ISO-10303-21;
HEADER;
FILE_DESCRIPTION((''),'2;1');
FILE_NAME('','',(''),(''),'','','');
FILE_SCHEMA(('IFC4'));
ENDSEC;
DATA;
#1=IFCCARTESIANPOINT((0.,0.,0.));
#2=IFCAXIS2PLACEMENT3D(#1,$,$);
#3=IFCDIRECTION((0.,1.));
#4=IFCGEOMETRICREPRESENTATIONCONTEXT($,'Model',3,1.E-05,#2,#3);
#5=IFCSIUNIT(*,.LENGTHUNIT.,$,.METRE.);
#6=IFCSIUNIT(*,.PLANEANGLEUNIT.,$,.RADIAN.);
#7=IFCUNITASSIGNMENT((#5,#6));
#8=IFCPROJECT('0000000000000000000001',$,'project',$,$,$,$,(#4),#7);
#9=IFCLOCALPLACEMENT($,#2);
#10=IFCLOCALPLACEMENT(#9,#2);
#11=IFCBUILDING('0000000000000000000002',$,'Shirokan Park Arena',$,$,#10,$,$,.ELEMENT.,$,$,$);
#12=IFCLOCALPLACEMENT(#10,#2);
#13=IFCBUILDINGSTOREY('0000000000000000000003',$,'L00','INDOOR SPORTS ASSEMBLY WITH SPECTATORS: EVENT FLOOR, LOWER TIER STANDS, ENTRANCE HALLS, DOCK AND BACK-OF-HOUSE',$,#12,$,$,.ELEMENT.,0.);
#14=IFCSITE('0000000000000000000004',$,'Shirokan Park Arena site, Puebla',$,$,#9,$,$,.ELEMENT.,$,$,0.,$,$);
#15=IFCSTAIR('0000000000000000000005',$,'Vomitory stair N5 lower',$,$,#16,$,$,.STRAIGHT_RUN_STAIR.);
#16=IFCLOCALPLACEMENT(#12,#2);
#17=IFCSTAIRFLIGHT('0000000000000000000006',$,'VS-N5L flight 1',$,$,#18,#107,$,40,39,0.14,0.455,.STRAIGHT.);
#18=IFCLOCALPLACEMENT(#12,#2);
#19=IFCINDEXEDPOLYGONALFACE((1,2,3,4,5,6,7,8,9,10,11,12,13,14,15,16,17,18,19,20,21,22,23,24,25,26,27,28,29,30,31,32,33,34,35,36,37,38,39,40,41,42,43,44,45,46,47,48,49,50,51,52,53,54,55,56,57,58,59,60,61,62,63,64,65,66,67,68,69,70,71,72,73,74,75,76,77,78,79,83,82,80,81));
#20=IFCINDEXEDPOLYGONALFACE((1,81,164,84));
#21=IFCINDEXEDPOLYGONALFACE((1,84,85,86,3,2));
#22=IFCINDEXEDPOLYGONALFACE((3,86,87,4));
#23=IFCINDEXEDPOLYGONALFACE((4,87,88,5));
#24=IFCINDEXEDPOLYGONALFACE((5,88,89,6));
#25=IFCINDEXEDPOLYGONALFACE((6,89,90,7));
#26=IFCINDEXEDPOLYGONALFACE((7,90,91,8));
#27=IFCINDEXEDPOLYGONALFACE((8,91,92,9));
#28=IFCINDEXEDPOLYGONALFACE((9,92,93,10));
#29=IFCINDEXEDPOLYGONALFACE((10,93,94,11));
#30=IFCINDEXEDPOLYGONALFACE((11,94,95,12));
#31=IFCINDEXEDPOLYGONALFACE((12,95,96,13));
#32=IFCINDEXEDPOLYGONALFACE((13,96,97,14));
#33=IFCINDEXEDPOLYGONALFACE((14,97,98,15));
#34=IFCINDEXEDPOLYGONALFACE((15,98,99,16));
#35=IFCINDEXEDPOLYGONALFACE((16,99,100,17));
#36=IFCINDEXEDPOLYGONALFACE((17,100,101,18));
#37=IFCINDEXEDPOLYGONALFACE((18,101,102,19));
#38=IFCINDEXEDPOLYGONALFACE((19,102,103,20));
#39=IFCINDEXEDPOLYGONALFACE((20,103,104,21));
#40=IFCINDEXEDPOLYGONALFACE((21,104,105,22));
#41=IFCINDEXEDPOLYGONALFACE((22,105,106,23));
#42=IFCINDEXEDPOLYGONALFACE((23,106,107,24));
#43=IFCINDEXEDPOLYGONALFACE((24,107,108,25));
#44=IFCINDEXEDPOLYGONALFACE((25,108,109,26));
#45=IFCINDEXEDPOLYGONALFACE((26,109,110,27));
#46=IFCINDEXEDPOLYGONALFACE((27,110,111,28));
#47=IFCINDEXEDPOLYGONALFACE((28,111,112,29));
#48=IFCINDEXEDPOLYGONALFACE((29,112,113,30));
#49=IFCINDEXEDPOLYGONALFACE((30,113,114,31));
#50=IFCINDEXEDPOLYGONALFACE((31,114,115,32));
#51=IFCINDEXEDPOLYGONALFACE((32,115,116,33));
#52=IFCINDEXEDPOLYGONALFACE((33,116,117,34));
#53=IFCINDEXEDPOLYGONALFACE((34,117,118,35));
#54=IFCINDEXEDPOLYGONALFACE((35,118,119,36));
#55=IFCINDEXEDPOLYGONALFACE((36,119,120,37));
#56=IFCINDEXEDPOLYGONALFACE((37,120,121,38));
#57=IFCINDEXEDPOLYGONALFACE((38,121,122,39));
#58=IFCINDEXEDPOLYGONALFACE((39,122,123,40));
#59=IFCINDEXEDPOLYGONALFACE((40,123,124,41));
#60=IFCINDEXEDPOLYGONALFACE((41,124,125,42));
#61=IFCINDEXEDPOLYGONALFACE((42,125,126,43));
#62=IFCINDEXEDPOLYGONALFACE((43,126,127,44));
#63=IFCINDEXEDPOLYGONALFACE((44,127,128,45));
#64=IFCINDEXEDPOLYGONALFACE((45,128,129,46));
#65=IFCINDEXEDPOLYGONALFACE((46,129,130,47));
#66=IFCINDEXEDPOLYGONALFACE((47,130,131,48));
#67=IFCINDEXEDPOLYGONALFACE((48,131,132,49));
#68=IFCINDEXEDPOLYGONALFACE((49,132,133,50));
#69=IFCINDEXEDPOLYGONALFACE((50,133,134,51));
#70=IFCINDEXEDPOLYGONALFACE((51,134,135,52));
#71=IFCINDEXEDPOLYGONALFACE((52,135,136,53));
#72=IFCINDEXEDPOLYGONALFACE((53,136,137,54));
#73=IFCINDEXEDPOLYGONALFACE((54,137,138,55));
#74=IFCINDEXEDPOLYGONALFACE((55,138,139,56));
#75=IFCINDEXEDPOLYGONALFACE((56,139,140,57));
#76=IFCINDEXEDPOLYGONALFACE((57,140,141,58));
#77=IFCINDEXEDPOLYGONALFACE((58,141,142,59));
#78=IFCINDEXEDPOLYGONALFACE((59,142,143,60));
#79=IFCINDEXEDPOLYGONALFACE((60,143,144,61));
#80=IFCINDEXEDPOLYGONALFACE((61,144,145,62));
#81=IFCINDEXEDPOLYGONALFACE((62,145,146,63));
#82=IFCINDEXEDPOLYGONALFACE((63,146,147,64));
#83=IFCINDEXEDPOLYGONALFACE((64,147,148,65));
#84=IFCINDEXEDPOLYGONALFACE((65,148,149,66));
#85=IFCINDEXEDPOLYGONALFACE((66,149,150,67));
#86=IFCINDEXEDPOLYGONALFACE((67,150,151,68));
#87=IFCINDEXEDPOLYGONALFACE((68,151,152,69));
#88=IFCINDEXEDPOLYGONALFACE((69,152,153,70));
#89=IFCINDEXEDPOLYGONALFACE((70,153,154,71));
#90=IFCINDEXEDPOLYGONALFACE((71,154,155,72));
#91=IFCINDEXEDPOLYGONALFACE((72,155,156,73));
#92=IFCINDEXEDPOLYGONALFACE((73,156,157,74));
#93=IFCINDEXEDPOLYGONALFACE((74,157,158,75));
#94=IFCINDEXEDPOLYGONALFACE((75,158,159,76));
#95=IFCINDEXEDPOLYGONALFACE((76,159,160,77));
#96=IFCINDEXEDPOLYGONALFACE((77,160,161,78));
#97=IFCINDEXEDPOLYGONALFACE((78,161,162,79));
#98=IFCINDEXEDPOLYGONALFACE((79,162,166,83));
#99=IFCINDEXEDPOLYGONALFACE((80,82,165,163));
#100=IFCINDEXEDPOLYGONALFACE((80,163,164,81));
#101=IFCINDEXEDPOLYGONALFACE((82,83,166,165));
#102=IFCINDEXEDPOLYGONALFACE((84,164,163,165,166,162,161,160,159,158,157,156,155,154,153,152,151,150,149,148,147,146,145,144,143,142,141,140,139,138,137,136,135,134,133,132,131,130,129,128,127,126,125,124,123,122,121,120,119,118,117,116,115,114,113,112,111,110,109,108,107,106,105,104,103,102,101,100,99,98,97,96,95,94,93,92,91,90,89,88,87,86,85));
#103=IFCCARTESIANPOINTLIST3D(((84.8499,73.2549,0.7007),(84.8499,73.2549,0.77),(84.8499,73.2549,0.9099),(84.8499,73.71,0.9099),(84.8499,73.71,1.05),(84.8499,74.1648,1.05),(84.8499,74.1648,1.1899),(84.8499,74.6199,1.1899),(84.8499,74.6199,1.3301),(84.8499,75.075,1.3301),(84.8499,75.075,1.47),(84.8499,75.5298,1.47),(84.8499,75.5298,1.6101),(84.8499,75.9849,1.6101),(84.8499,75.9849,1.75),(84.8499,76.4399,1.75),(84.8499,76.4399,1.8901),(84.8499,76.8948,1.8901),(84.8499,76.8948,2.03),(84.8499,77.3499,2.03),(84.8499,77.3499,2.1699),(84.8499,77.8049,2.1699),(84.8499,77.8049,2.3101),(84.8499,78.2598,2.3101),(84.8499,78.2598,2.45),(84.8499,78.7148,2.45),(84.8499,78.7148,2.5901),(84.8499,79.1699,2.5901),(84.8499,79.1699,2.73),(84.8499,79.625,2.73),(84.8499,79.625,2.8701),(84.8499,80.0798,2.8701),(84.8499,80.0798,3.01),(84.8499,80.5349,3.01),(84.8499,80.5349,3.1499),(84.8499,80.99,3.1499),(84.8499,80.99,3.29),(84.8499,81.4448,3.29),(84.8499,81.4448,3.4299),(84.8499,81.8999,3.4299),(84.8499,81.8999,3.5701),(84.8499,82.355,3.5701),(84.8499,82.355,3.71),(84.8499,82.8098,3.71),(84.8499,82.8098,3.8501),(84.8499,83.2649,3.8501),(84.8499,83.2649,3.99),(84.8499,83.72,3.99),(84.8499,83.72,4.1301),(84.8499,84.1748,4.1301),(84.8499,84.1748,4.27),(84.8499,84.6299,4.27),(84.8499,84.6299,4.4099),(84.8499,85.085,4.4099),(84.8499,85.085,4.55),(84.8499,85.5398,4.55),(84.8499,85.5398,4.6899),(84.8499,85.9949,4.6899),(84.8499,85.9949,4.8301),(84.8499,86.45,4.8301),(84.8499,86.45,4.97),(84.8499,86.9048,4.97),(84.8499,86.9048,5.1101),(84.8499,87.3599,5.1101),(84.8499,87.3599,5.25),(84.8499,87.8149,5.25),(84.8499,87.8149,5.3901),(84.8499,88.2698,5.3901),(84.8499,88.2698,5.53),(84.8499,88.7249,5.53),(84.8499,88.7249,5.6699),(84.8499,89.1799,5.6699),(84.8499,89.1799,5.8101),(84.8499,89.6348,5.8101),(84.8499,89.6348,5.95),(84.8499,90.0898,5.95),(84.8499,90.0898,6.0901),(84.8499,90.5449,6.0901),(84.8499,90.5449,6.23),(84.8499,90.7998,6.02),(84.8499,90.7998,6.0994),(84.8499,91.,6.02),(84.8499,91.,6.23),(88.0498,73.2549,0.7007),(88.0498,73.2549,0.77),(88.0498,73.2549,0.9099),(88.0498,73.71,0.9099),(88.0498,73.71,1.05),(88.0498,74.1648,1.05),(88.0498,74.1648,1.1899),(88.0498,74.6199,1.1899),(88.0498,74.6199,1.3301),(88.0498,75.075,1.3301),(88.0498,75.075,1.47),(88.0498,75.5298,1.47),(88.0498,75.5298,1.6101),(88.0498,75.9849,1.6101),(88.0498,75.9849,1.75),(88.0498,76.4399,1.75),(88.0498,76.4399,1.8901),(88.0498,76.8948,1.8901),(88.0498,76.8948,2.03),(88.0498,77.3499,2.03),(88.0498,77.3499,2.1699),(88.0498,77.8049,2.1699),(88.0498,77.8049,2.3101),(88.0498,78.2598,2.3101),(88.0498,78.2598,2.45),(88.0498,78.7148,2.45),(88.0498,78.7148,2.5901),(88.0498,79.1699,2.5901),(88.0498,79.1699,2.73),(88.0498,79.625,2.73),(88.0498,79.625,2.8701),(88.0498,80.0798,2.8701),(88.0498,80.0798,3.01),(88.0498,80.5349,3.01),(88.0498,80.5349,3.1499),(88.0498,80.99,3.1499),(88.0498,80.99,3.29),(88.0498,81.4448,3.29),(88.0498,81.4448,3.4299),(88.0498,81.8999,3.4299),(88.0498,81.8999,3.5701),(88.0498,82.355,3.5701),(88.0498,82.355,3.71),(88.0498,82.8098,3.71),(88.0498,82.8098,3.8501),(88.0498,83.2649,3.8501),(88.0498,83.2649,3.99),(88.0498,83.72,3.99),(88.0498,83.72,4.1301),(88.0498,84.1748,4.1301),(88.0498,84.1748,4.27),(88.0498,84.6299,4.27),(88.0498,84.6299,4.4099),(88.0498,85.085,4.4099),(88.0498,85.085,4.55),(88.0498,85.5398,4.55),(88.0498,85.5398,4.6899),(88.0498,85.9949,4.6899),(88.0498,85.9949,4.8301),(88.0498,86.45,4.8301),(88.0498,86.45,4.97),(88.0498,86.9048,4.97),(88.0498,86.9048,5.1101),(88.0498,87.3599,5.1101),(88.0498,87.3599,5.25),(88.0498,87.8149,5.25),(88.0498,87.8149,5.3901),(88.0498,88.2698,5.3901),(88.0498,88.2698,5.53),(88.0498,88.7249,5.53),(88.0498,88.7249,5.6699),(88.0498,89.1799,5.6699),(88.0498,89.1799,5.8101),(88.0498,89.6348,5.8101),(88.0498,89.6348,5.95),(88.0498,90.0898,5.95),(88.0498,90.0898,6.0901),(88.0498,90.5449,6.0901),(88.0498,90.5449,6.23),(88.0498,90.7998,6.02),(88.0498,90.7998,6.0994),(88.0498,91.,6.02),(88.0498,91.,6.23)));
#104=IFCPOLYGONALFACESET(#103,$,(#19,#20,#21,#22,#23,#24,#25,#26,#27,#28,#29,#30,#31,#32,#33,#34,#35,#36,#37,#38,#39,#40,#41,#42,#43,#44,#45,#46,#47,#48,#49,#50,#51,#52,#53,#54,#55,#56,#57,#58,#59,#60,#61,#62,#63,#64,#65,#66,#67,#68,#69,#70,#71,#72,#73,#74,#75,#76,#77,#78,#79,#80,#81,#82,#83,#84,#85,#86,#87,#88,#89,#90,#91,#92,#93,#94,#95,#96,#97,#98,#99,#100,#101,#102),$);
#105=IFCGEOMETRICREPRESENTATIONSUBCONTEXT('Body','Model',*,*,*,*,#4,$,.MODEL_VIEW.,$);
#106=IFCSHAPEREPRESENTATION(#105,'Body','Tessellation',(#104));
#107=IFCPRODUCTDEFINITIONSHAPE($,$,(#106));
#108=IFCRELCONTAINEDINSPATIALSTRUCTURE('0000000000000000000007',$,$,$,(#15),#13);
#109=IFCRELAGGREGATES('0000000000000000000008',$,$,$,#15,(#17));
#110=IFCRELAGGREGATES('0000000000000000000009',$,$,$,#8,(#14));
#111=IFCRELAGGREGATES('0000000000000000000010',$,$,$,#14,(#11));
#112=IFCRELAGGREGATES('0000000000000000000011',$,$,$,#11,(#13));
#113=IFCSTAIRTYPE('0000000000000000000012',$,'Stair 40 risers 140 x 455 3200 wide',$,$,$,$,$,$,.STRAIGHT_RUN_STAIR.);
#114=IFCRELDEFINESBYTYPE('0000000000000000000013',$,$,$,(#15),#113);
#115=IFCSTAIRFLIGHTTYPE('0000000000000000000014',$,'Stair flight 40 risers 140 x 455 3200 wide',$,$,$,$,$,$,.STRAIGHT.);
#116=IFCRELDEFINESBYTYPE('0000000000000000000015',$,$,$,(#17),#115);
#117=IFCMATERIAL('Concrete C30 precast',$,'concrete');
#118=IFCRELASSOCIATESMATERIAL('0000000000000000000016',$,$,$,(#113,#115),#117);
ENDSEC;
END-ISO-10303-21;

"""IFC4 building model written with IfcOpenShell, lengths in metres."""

from ifc_helpers import new_model, si_unit, direction, frame, origin, place, context, subcontext, project, spatial, polyline, outline, extrude, material, type_object, element, aggregate, save


model = new_model("IFC4")

# Units and contexts
model_context = context("Model", 3, precision=1e-05, world=origin(), true_north=direction((0.0, 1.0)))
body_context = subcontext(model_context, "Body", "Model", "MODEL_VIEW")
ifc_project = project(units=[si_unit("LENGTHUNIT", "METRE"), si_unit("PLANEANGLEUNIT", "RADIAN")], contexts=[model_context])

# Site, building, storey
site_placement = place(None, origin())
site = spatial("IfcSite", under=ifc_project, at=site_placement, Name="Shirokan Park Arena site, Puebla", CompositionType="ELEMENT", RefElevation=0.0)
building_placement = place(site_placement, origin())
building = spatial("IfcBuilding", under=site, at=building_placement, Name="Shirokan Park Arena", CompositionType="ELEMENT")
storey_placement = place(building_placement, origin())
storey = spatial("IfcBuildingStorey", under=building, at=storey_placement, Name="L00", Description="INDOOR SPORTS ASSEMBLY WITH SPECTATORS: EVENT FLOOR, LOWER TIER STANDS, ENTRANCE HALLS, DOCK AND BACK-OF-HOUSE", CompositionType="ELEMENT", Elevation=0.0)

# Stair, stair flight
ifc_material_1 = material(Name="Concrete C30 precast", Category="concrete")
stair_type = type_object("IfcStairType", Name="Stair 40 risers 140 x 455 3200 wide", PredefinedType="STRAIGHT_RUN_STAIR", material=ifc_material_1)
stair_1_placement = place(storey_placement, origin())
stair_1 = element("IfcStair", 1, at=stair_1_placement, inside=storey, type_object=stair_type, Name="Vomitory stair N5 lower", PredefinedType="STRAIGHT_RUN_STAIR")
stair_flight_type = type_object("IfcStairFlightType", Name="Stair flight 40 risers 140 x 455 3200 wide", PredefinedType="STRAIGHT", material=ifc_material_1)
stair_flight_1_placement = place(storey_placement, frame((86.45, 73.2549, 0.77), z_axis=(0.0, 0.0, 1.0), x_axis=(0.0, 1.0, 0.0)))
stair_flight_1 = element("IfcStairFlight", 2, at=stair_flight_1_placement, type_object=stair_flight_type, Name="VS-N5L flight 1", NumberOfRisers=40, NumberOfTreads=39, PredefinedType="STRAIGHT", RiserHeight=0.14, TreadLength=0.455, context=body_context, shape_type="SweptSolid", body=[
    extrude(outline(polyline([(0.0, -0.0693), (0.0, 0.0), (0.0, 0.1399), (0.4551, 0.1399), (0.4551, 0.28), (0.9099, 0.28), (0.9099, 0.4199), (1.365, 0.4199), (1.365, 0.5601), (1.8201, 0.5601), (1.8201, 0.7), (2.2749, 0.7), (2.2749, 0.8401), (2.73, 0.8401), (2.73, 0.98), (3.1851, 0.98), (3.1851, 1.1201), (3.6399, 1.1201), (3.6399, 1.26), (4.095, 1.26), (4.095, 1.3999), (4.55, 1.3999), (4.55, 1.54), (5.0049, 1.54), (5.0049, 1.6799), (5.46, 1.6799), (5.46, 1.8201), (5.915, 1.8201), (5.915, 1.96), (6.3701, 1.96), (6.3701, 2.1001), (6.825, 2.1001), (6.825, 2.24), (7.28, 2.24), (7.28, 2.3799), (7.7351, 2.3799), (7.7351, 2.52), (8.1899, 2.52), (8.1899, 2.6599), (8.645, 2.6599), (8.645, 2.8), (9.1001, 2.8), (9.1001, 2.9399), (9.5549, 2.9399), (9.5549, 3.0801), (10.01, 3.0801), (10.01, 3.22), (10.4651, 3.22), (10.4651, 3.3601), (10.9199, 3.3601), (10.9199, 3.5), (11.375, 3.5), (11.375, 3.6399), (11.8301, 3.6399), (11.8301, 3.78), (12.2849, 3.78), (12.2849, 3.9199), (12.74, 3.9199), (12.74, 4.0601), (13.1951, 4.0601), (13.1951, 4.2), (13.6499, 4.2), (13.6499, 4.3401), (14.105, 4.3401), (14.105, 4.48), (14.5601, 4.48), (14.5601, 4.6201), (15.0149, 4.6201), (15.0149, 4.76), (15.47, 4.76), (15.47, 4.8999), (15.925, 4.8999), (15.925, 5.04), (16.3799, 5.04), (16.3799, 5.1799), (16.835, 5.1799), (16.835, 5.3201), (17.29, 5.3201), (17.29, 5.46), (17.7451, 5.46), (17.7451, 5.6001), (17.7451, 5.25), (17.5449, 5.25), (17.5449, 5.3293), (0.0, -0.0693)])), frame((0.0, 1.6001, 0.0), z_axis=(0.0, -1.0, 0.0), x_axis=(1.0, 0.0, 0.0)), (0.0, 0.0, 1.0), 3.2),
])
aggregate(stair_1, [stair_flight_1])

save(model, "model.ifc")
